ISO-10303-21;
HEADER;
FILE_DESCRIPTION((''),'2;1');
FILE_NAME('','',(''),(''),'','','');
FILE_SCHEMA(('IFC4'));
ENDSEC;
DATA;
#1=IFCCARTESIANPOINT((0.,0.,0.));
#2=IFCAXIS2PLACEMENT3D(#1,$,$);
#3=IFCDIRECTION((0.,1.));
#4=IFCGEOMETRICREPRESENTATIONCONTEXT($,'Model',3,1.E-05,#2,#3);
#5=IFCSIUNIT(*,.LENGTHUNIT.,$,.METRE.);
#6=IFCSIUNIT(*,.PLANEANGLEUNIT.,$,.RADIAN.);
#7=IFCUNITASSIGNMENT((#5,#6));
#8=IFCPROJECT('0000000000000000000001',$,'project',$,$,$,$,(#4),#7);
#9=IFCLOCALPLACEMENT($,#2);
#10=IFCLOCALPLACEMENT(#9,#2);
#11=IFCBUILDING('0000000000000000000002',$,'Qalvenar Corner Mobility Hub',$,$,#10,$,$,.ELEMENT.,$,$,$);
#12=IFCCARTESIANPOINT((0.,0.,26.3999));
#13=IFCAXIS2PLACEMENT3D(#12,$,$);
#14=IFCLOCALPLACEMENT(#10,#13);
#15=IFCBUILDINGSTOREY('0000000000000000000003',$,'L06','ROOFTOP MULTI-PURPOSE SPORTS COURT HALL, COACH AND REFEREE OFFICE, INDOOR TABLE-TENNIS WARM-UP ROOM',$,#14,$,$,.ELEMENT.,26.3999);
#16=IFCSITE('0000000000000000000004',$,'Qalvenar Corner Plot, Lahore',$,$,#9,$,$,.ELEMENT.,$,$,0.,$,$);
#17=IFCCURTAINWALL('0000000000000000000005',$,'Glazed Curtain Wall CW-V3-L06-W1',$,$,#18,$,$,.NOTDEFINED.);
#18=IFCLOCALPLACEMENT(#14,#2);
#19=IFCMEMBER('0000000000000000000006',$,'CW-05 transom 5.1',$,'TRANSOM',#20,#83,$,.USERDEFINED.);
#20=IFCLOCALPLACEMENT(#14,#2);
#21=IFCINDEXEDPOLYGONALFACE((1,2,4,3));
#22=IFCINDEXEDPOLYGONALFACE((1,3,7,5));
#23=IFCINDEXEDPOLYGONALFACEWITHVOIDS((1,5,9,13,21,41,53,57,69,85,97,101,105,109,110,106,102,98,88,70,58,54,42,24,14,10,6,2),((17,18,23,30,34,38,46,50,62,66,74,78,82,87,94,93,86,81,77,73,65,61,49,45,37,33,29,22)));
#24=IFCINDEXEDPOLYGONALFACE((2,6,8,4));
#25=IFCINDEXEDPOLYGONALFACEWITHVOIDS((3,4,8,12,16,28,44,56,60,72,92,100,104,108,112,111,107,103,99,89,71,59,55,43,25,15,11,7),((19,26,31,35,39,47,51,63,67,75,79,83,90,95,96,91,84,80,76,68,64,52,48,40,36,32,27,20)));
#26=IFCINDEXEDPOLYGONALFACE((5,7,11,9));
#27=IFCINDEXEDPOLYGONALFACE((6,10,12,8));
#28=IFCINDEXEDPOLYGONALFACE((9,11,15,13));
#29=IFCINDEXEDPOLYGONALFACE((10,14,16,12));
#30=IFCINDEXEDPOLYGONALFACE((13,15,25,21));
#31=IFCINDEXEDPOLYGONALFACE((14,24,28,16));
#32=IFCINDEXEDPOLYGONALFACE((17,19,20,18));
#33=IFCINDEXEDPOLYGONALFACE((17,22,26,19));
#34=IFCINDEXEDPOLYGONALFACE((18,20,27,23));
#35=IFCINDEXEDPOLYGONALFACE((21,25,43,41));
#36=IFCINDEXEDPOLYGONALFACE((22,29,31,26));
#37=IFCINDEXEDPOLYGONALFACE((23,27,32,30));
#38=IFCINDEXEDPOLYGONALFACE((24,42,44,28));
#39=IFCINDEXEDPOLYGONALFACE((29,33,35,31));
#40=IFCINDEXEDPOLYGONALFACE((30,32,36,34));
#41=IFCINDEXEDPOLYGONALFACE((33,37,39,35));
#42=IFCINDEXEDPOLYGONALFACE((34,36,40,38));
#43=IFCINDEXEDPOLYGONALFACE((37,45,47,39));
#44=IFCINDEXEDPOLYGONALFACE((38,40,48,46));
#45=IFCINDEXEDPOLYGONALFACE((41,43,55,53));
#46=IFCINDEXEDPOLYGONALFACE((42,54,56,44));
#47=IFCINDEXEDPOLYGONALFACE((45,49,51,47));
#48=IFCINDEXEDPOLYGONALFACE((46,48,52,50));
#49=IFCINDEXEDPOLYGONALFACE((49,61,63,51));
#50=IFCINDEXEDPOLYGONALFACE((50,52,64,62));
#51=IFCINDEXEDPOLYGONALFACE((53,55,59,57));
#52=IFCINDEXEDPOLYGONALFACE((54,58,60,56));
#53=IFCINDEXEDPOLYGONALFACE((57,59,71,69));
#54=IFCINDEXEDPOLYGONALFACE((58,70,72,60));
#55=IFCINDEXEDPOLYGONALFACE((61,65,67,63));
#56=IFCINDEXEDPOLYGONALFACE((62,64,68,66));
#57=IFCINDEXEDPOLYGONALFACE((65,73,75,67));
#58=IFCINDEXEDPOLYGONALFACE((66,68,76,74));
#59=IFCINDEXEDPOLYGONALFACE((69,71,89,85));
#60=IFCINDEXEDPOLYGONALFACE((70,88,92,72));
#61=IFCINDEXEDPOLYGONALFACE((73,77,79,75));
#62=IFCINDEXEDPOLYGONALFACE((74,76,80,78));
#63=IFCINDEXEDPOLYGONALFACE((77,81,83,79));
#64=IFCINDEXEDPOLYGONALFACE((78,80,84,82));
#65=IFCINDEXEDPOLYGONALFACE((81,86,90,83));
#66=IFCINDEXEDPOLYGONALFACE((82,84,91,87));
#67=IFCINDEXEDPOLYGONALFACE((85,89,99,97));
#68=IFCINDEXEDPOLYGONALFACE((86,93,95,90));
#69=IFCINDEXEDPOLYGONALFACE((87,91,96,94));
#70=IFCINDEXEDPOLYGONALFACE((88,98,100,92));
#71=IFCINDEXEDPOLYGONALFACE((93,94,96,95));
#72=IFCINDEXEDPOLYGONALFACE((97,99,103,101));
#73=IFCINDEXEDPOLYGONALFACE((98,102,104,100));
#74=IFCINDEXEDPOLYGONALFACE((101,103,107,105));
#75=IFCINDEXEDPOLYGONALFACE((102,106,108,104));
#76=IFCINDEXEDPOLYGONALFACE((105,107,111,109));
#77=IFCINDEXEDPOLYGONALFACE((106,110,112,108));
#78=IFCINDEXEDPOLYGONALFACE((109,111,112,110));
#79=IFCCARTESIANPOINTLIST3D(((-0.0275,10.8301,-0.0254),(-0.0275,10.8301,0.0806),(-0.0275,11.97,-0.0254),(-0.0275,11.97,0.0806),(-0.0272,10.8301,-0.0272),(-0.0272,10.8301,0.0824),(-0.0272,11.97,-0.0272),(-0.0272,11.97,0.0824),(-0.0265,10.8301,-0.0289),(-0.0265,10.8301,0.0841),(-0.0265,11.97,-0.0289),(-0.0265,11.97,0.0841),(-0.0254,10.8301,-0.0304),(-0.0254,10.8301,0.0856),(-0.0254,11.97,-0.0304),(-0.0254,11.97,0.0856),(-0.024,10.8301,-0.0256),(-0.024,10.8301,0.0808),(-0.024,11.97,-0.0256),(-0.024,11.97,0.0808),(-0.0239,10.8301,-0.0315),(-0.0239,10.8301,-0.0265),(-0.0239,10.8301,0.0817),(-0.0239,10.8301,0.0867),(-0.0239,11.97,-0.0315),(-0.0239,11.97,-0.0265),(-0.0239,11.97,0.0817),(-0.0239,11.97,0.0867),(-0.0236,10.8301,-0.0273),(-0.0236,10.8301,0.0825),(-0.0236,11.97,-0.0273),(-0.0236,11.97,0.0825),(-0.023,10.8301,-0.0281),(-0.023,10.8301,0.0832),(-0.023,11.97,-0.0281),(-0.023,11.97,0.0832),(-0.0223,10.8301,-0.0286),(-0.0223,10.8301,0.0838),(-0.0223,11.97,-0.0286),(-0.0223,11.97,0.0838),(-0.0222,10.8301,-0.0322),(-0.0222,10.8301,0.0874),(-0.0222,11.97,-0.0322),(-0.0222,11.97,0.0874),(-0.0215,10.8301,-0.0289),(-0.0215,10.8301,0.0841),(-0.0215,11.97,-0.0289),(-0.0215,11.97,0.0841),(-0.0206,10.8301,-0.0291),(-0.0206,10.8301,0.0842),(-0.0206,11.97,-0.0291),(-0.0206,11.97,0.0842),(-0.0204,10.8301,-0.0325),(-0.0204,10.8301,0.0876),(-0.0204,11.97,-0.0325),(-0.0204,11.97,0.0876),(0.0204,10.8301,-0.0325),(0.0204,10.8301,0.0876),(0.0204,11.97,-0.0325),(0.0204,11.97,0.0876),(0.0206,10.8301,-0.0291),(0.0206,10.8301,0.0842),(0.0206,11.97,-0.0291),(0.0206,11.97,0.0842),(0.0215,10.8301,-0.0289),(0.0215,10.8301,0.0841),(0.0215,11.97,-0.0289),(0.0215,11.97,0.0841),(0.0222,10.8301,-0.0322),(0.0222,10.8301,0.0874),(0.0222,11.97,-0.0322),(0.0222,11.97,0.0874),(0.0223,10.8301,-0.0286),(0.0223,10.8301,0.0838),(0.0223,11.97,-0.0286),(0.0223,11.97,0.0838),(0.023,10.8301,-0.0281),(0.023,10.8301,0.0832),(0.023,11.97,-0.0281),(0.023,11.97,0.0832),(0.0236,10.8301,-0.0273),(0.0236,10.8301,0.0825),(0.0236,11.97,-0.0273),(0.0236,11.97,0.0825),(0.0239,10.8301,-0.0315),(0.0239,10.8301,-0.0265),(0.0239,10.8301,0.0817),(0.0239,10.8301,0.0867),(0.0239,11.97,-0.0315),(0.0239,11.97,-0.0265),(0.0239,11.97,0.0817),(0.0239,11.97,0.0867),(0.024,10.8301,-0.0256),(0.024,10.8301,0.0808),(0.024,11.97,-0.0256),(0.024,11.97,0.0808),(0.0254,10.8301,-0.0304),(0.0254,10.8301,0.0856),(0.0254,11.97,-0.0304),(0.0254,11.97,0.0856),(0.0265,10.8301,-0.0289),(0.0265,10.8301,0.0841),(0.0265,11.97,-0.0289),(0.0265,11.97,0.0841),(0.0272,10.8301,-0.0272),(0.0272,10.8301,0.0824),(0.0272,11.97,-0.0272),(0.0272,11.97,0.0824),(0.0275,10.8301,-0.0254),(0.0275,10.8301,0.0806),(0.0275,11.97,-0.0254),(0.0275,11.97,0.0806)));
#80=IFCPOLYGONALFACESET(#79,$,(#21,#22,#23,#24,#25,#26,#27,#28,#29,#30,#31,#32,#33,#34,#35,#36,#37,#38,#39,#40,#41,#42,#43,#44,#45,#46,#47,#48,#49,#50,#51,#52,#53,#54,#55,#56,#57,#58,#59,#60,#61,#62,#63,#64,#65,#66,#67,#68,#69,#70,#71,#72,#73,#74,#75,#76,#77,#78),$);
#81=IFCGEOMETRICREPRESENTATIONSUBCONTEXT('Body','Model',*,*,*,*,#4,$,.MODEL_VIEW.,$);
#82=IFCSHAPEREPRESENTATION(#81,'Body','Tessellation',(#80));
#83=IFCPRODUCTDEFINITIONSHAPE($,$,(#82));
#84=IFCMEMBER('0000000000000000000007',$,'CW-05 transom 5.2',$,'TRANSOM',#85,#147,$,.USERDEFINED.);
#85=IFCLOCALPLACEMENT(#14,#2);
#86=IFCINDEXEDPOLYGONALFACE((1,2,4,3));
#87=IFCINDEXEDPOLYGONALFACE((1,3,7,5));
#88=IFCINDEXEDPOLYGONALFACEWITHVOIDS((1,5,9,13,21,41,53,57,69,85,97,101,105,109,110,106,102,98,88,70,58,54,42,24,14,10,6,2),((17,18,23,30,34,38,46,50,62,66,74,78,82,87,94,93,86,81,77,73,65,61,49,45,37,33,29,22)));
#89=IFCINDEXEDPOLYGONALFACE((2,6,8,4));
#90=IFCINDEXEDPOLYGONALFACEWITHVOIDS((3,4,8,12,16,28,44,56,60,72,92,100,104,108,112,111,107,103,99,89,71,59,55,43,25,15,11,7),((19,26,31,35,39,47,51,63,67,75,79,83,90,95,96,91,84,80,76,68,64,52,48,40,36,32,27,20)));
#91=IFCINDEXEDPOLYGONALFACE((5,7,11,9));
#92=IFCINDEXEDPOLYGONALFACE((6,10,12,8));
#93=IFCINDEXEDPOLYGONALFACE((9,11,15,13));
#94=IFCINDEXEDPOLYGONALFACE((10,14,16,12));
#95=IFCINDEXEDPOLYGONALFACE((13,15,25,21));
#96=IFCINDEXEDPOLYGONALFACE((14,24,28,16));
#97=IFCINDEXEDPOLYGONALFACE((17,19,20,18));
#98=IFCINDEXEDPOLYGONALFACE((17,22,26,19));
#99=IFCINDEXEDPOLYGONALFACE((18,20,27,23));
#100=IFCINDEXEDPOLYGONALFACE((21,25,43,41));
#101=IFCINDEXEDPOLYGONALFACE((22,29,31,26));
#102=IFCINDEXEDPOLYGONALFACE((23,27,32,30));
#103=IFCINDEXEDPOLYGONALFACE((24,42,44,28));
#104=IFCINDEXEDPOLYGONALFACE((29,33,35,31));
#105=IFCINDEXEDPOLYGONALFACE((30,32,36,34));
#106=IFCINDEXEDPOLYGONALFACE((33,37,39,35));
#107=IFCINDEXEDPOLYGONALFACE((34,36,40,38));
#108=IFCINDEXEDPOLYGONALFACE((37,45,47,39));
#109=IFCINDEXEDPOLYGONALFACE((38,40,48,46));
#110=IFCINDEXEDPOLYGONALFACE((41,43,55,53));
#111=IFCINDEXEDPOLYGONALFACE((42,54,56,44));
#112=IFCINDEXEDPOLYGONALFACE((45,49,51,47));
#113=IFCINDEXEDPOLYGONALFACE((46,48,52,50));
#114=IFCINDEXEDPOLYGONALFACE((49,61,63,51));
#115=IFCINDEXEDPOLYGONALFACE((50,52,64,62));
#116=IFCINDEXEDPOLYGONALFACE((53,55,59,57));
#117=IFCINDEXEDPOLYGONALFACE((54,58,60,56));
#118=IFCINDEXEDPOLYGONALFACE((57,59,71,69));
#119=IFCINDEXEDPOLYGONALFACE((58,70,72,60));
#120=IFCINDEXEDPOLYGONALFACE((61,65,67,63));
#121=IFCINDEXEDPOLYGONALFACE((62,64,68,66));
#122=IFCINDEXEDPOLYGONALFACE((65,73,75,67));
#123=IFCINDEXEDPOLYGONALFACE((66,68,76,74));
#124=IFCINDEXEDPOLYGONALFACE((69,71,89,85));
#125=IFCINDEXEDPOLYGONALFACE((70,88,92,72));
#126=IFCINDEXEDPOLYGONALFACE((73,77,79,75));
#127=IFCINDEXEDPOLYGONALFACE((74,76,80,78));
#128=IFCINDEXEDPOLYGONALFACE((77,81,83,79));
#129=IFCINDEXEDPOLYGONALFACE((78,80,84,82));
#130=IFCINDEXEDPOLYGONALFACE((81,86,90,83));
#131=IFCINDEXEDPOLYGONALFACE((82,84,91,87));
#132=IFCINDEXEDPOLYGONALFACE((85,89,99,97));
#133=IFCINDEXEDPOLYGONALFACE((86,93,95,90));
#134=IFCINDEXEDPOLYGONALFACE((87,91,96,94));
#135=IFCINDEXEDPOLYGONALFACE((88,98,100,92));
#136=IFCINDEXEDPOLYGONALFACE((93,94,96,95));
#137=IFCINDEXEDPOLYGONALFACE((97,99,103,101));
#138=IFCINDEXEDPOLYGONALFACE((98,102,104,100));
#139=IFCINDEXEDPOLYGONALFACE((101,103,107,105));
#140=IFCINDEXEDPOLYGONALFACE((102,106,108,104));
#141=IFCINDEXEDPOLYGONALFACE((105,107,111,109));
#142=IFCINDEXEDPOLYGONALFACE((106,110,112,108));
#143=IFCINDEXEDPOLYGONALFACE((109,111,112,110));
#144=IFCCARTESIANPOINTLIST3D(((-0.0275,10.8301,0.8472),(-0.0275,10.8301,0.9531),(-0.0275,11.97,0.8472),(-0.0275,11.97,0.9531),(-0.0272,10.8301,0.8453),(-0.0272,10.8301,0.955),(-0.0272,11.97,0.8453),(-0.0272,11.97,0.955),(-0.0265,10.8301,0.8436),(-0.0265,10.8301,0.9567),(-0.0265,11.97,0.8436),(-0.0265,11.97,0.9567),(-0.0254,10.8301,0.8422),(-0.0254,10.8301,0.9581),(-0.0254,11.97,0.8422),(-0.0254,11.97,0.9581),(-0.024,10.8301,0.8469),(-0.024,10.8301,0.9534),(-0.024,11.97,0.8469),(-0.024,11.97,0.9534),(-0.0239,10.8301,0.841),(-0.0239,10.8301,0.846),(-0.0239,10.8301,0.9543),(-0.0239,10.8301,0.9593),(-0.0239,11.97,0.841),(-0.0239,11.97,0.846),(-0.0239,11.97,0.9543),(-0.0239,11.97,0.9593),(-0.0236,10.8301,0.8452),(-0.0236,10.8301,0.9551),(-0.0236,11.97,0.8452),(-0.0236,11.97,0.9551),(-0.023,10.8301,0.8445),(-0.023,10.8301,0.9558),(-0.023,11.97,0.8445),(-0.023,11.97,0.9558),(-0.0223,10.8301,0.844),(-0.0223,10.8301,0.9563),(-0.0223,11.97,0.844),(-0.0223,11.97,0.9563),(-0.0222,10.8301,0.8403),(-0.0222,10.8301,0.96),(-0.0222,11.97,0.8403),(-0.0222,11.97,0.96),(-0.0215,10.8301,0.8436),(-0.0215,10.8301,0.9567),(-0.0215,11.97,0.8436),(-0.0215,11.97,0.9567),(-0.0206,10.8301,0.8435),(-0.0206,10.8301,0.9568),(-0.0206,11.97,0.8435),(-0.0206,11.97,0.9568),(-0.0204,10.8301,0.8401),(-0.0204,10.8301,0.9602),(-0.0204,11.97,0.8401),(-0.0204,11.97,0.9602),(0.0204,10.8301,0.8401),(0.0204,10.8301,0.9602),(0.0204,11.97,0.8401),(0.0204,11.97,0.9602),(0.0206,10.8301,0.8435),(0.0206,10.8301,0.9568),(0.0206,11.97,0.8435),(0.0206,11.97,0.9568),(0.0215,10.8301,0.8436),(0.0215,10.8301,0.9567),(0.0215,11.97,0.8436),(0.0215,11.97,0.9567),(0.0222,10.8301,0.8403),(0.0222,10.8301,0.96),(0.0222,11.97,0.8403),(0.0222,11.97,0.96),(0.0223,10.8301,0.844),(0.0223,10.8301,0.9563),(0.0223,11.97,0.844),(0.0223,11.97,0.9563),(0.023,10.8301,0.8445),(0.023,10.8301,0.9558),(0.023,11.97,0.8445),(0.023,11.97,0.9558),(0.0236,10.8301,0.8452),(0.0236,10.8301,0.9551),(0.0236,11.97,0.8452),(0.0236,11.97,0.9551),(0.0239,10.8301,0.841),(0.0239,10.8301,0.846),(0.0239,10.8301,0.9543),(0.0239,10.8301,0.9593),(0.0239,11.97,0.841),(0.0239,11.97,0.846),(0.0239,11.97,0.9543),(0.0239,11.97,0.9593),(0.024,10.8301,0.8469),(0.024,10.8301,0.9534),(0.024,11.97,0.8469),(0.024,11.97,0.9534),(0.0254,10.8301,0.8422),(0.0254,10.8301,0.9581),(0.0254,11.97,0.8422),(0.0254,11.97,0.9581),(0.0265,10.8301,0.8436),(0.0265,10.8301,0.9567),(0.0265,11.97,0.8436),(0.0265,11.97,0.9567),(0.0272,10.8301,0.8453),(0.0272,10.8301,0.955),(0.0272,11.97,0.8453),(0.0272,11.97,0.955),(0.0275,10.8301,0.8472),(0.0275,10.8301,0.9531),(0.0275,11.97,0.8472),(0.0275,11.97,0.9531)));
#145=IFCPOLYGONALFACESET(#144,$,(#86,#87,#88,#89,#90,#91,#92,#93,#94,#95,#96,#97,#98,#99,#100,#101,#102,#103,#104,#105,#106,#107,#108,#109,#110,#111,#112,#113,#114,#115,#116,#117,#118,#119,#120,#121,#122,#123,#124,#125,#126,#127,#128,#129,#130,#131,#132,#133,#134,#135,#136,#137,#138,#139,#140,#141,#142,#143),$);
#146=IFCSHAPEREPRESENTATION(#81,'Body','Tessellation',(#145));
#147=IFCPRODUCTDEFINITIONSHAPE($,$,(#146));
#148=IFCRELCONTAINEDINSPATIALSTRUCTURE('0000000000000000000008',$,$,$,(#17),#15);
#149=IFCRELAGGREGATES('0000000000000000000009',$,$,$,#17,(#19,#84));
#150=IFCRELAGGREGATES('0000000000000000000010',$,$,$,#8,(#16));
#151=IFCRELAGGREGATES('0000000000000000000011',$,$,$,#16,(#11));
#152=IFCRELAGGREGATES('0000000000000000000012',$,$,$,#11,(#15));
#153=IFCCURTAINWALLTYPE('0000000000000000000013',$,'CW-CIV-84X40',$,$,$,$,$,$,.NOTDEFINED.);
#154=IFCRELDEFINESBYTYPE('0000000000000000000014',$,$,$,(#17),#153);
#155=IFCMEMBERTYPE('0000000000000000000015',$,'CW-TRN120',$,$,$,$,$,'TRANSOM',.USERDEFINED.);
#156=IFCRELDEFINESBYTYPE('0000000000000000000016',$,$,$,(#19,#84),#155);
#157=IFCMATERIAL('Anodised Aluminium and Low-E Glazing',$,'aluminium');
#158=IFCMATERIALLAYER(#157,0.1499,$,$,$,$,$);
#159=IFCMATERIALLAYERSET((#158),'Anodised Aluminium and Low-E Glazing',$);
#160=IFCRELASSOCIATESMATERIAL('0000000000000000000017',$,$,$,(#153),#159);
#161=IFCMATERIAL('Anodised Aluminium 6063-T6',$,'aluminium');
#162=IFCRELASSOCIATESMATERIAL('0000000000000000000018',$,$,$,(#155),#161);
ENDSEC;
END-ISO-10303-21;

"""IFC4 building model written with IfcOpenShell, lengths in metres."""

from ifc_helpers import new_model, si_unit, direction, frame, origin, origin_2d, place, context, subcontext, project, spatial, hollow_rectangle, extrude, material, layer, layer_set, material_profile, profile_set, type_object, element, aggregate, save


model = new_model("IFC4")

# Units and contexts
model_context = context("Model", 3, precision=1e-05, world=origin(), true_north=direction((0.0, 1.0)))
body_context = subcontext(model_context, "Body", "Model", "MODEL_VIEW")
ifc_project = project(units=[si_unit("LENGTHUNIT", "METRE"), si_unit("PLANEANGLEUNIT", "RADIAN")], contexts=[model_context])

# Site, building, storey
site_placement = place(None, origin())
site = spatial("IfcSite", under=ifc_project, at=site_placement, Name="Qalvenar Corner Plot, Lahore", CompositionType="ELEMENT", RefElevation=0.0)
building_placement = place(site_placement, origin())
building = spatial("IfcBuilding", under=site, at=building_placement, Name="Qalvenar Corner Mobility Hub", CompositionType="ELEMENT")
storey_placement = place(building_placement, frame((0.0, 0.0, 26.3999)))
storey = spatial("IfcBuildingStorey", under=building, at=storey_placement, Name="L06", Description="ROOFTOP MULTI-PURPOSE SPORTS COURT HALL, COACH AND REFEREE OFFICE, INDOOR TABLE-TENNIS WARM-UP ROOM", CompositionType="ELEMENT", Elevation=26.3999)

# Curtain wall, members
ifc_material_1 = material(Name="Anodised Aluminium and Low-E Glazing", Category="aluminium")
ifc_layer_1 = layer(ifc_material_1, 0.1499)
ifc_layer_set_1 = layer_set([ifc_layer_1], Name="Anodised Aluminium and Low-E Glazing")
curtain_wall_type = type_object("IfcCurtainWallType", Name="CW-CIV-84X40", PredefinedType="NOTDEFINED", material=ifc_layer_set_1)
curtain_wall_placement = place(storey_placement, origin())
curtain_wall = element("IfcCurtainWall", 1, at=curtain_wall_placement, inside=storey, type_object=curtain_wall_type, Name="Glazed Curtain Wall CW-V3-L06-W1", PredefinedType="NOTDEFINED")
ifc_material_2 = material(Name="Anodised Aluminium 6063-T6", Category="aluminium")
ifc_material_profile_1 = material_profile(ifc_material_2, hollow_rectangle(XDim=0.0549, YDim=0.1201, WallThickness=0.0034, InnerFilletRadius=0.0034, OuterFilletRadius=0.0071, at=origin_2d()), Name="RHS120x55x3.5")
ifc_profile_set_1 = profile_set([ifc_material_profile_1], Name="Anodised Aluminium 6063-T6")
member_type_1 = type_object("IfcMemberType", Name="CW-TRN120", ElementType="TRANSOM", PredefinedType="USERDEFINED", material=ifc_profile_set_1)
member_1_placement = place(storey_placement, frame((0.0, 11.97, 0.0276), z_axis=(0.0, -1.0, 0.0), x_axis=(1.0, 0.0, 0.0)))
member_1 = element("IfcMember", 2, at=member_1_placement, type_object=member_type_1, Name="CW-05 transom 5.1", ObjectType="TRANSOM", PredefinedType="USERDEFINED", context=body_context, shape_type="SweptSolid", body=[
    extrude(hollow_rectangle(XDim=0.0549, YDim=0.1201, WallThickness=0.0034, InnerFilletRadius=0.0034, OuterFilletRadius=0.0071, at=origin_2d()), origin(), (0.0, 0.0, 1.0), 1.1399),
])
member_2_placement = place(storey_placement, frame((0.0, 11.97, 0.9001), z_axis=(0.0, -1.0, 0.0), x_axis=(1.0, 0.0, 0.0)))
member_2 = element("IfcMember", 3, at=member_2_placement, type_object=member_type_1, Name="CW-05 transom 5.2", ObjectType="TRANSOM", PredefinedType="USERDEFINED", context=body_context, shape_type="SweptSolid", body=[
    extrude(hollow_rectangle(XDim=0.0549, YDim=0.1201, WallThickness=0.0034, InnerFilletRadius=0.0034, OuterFilletRadius=0.0071, at=origin_2d()), origin(), (0.0, 0.0, 1.0), 1.1399),
])
aggregate(curtain_wall, [member_1, member_2])

save(model, "model.ifc")
